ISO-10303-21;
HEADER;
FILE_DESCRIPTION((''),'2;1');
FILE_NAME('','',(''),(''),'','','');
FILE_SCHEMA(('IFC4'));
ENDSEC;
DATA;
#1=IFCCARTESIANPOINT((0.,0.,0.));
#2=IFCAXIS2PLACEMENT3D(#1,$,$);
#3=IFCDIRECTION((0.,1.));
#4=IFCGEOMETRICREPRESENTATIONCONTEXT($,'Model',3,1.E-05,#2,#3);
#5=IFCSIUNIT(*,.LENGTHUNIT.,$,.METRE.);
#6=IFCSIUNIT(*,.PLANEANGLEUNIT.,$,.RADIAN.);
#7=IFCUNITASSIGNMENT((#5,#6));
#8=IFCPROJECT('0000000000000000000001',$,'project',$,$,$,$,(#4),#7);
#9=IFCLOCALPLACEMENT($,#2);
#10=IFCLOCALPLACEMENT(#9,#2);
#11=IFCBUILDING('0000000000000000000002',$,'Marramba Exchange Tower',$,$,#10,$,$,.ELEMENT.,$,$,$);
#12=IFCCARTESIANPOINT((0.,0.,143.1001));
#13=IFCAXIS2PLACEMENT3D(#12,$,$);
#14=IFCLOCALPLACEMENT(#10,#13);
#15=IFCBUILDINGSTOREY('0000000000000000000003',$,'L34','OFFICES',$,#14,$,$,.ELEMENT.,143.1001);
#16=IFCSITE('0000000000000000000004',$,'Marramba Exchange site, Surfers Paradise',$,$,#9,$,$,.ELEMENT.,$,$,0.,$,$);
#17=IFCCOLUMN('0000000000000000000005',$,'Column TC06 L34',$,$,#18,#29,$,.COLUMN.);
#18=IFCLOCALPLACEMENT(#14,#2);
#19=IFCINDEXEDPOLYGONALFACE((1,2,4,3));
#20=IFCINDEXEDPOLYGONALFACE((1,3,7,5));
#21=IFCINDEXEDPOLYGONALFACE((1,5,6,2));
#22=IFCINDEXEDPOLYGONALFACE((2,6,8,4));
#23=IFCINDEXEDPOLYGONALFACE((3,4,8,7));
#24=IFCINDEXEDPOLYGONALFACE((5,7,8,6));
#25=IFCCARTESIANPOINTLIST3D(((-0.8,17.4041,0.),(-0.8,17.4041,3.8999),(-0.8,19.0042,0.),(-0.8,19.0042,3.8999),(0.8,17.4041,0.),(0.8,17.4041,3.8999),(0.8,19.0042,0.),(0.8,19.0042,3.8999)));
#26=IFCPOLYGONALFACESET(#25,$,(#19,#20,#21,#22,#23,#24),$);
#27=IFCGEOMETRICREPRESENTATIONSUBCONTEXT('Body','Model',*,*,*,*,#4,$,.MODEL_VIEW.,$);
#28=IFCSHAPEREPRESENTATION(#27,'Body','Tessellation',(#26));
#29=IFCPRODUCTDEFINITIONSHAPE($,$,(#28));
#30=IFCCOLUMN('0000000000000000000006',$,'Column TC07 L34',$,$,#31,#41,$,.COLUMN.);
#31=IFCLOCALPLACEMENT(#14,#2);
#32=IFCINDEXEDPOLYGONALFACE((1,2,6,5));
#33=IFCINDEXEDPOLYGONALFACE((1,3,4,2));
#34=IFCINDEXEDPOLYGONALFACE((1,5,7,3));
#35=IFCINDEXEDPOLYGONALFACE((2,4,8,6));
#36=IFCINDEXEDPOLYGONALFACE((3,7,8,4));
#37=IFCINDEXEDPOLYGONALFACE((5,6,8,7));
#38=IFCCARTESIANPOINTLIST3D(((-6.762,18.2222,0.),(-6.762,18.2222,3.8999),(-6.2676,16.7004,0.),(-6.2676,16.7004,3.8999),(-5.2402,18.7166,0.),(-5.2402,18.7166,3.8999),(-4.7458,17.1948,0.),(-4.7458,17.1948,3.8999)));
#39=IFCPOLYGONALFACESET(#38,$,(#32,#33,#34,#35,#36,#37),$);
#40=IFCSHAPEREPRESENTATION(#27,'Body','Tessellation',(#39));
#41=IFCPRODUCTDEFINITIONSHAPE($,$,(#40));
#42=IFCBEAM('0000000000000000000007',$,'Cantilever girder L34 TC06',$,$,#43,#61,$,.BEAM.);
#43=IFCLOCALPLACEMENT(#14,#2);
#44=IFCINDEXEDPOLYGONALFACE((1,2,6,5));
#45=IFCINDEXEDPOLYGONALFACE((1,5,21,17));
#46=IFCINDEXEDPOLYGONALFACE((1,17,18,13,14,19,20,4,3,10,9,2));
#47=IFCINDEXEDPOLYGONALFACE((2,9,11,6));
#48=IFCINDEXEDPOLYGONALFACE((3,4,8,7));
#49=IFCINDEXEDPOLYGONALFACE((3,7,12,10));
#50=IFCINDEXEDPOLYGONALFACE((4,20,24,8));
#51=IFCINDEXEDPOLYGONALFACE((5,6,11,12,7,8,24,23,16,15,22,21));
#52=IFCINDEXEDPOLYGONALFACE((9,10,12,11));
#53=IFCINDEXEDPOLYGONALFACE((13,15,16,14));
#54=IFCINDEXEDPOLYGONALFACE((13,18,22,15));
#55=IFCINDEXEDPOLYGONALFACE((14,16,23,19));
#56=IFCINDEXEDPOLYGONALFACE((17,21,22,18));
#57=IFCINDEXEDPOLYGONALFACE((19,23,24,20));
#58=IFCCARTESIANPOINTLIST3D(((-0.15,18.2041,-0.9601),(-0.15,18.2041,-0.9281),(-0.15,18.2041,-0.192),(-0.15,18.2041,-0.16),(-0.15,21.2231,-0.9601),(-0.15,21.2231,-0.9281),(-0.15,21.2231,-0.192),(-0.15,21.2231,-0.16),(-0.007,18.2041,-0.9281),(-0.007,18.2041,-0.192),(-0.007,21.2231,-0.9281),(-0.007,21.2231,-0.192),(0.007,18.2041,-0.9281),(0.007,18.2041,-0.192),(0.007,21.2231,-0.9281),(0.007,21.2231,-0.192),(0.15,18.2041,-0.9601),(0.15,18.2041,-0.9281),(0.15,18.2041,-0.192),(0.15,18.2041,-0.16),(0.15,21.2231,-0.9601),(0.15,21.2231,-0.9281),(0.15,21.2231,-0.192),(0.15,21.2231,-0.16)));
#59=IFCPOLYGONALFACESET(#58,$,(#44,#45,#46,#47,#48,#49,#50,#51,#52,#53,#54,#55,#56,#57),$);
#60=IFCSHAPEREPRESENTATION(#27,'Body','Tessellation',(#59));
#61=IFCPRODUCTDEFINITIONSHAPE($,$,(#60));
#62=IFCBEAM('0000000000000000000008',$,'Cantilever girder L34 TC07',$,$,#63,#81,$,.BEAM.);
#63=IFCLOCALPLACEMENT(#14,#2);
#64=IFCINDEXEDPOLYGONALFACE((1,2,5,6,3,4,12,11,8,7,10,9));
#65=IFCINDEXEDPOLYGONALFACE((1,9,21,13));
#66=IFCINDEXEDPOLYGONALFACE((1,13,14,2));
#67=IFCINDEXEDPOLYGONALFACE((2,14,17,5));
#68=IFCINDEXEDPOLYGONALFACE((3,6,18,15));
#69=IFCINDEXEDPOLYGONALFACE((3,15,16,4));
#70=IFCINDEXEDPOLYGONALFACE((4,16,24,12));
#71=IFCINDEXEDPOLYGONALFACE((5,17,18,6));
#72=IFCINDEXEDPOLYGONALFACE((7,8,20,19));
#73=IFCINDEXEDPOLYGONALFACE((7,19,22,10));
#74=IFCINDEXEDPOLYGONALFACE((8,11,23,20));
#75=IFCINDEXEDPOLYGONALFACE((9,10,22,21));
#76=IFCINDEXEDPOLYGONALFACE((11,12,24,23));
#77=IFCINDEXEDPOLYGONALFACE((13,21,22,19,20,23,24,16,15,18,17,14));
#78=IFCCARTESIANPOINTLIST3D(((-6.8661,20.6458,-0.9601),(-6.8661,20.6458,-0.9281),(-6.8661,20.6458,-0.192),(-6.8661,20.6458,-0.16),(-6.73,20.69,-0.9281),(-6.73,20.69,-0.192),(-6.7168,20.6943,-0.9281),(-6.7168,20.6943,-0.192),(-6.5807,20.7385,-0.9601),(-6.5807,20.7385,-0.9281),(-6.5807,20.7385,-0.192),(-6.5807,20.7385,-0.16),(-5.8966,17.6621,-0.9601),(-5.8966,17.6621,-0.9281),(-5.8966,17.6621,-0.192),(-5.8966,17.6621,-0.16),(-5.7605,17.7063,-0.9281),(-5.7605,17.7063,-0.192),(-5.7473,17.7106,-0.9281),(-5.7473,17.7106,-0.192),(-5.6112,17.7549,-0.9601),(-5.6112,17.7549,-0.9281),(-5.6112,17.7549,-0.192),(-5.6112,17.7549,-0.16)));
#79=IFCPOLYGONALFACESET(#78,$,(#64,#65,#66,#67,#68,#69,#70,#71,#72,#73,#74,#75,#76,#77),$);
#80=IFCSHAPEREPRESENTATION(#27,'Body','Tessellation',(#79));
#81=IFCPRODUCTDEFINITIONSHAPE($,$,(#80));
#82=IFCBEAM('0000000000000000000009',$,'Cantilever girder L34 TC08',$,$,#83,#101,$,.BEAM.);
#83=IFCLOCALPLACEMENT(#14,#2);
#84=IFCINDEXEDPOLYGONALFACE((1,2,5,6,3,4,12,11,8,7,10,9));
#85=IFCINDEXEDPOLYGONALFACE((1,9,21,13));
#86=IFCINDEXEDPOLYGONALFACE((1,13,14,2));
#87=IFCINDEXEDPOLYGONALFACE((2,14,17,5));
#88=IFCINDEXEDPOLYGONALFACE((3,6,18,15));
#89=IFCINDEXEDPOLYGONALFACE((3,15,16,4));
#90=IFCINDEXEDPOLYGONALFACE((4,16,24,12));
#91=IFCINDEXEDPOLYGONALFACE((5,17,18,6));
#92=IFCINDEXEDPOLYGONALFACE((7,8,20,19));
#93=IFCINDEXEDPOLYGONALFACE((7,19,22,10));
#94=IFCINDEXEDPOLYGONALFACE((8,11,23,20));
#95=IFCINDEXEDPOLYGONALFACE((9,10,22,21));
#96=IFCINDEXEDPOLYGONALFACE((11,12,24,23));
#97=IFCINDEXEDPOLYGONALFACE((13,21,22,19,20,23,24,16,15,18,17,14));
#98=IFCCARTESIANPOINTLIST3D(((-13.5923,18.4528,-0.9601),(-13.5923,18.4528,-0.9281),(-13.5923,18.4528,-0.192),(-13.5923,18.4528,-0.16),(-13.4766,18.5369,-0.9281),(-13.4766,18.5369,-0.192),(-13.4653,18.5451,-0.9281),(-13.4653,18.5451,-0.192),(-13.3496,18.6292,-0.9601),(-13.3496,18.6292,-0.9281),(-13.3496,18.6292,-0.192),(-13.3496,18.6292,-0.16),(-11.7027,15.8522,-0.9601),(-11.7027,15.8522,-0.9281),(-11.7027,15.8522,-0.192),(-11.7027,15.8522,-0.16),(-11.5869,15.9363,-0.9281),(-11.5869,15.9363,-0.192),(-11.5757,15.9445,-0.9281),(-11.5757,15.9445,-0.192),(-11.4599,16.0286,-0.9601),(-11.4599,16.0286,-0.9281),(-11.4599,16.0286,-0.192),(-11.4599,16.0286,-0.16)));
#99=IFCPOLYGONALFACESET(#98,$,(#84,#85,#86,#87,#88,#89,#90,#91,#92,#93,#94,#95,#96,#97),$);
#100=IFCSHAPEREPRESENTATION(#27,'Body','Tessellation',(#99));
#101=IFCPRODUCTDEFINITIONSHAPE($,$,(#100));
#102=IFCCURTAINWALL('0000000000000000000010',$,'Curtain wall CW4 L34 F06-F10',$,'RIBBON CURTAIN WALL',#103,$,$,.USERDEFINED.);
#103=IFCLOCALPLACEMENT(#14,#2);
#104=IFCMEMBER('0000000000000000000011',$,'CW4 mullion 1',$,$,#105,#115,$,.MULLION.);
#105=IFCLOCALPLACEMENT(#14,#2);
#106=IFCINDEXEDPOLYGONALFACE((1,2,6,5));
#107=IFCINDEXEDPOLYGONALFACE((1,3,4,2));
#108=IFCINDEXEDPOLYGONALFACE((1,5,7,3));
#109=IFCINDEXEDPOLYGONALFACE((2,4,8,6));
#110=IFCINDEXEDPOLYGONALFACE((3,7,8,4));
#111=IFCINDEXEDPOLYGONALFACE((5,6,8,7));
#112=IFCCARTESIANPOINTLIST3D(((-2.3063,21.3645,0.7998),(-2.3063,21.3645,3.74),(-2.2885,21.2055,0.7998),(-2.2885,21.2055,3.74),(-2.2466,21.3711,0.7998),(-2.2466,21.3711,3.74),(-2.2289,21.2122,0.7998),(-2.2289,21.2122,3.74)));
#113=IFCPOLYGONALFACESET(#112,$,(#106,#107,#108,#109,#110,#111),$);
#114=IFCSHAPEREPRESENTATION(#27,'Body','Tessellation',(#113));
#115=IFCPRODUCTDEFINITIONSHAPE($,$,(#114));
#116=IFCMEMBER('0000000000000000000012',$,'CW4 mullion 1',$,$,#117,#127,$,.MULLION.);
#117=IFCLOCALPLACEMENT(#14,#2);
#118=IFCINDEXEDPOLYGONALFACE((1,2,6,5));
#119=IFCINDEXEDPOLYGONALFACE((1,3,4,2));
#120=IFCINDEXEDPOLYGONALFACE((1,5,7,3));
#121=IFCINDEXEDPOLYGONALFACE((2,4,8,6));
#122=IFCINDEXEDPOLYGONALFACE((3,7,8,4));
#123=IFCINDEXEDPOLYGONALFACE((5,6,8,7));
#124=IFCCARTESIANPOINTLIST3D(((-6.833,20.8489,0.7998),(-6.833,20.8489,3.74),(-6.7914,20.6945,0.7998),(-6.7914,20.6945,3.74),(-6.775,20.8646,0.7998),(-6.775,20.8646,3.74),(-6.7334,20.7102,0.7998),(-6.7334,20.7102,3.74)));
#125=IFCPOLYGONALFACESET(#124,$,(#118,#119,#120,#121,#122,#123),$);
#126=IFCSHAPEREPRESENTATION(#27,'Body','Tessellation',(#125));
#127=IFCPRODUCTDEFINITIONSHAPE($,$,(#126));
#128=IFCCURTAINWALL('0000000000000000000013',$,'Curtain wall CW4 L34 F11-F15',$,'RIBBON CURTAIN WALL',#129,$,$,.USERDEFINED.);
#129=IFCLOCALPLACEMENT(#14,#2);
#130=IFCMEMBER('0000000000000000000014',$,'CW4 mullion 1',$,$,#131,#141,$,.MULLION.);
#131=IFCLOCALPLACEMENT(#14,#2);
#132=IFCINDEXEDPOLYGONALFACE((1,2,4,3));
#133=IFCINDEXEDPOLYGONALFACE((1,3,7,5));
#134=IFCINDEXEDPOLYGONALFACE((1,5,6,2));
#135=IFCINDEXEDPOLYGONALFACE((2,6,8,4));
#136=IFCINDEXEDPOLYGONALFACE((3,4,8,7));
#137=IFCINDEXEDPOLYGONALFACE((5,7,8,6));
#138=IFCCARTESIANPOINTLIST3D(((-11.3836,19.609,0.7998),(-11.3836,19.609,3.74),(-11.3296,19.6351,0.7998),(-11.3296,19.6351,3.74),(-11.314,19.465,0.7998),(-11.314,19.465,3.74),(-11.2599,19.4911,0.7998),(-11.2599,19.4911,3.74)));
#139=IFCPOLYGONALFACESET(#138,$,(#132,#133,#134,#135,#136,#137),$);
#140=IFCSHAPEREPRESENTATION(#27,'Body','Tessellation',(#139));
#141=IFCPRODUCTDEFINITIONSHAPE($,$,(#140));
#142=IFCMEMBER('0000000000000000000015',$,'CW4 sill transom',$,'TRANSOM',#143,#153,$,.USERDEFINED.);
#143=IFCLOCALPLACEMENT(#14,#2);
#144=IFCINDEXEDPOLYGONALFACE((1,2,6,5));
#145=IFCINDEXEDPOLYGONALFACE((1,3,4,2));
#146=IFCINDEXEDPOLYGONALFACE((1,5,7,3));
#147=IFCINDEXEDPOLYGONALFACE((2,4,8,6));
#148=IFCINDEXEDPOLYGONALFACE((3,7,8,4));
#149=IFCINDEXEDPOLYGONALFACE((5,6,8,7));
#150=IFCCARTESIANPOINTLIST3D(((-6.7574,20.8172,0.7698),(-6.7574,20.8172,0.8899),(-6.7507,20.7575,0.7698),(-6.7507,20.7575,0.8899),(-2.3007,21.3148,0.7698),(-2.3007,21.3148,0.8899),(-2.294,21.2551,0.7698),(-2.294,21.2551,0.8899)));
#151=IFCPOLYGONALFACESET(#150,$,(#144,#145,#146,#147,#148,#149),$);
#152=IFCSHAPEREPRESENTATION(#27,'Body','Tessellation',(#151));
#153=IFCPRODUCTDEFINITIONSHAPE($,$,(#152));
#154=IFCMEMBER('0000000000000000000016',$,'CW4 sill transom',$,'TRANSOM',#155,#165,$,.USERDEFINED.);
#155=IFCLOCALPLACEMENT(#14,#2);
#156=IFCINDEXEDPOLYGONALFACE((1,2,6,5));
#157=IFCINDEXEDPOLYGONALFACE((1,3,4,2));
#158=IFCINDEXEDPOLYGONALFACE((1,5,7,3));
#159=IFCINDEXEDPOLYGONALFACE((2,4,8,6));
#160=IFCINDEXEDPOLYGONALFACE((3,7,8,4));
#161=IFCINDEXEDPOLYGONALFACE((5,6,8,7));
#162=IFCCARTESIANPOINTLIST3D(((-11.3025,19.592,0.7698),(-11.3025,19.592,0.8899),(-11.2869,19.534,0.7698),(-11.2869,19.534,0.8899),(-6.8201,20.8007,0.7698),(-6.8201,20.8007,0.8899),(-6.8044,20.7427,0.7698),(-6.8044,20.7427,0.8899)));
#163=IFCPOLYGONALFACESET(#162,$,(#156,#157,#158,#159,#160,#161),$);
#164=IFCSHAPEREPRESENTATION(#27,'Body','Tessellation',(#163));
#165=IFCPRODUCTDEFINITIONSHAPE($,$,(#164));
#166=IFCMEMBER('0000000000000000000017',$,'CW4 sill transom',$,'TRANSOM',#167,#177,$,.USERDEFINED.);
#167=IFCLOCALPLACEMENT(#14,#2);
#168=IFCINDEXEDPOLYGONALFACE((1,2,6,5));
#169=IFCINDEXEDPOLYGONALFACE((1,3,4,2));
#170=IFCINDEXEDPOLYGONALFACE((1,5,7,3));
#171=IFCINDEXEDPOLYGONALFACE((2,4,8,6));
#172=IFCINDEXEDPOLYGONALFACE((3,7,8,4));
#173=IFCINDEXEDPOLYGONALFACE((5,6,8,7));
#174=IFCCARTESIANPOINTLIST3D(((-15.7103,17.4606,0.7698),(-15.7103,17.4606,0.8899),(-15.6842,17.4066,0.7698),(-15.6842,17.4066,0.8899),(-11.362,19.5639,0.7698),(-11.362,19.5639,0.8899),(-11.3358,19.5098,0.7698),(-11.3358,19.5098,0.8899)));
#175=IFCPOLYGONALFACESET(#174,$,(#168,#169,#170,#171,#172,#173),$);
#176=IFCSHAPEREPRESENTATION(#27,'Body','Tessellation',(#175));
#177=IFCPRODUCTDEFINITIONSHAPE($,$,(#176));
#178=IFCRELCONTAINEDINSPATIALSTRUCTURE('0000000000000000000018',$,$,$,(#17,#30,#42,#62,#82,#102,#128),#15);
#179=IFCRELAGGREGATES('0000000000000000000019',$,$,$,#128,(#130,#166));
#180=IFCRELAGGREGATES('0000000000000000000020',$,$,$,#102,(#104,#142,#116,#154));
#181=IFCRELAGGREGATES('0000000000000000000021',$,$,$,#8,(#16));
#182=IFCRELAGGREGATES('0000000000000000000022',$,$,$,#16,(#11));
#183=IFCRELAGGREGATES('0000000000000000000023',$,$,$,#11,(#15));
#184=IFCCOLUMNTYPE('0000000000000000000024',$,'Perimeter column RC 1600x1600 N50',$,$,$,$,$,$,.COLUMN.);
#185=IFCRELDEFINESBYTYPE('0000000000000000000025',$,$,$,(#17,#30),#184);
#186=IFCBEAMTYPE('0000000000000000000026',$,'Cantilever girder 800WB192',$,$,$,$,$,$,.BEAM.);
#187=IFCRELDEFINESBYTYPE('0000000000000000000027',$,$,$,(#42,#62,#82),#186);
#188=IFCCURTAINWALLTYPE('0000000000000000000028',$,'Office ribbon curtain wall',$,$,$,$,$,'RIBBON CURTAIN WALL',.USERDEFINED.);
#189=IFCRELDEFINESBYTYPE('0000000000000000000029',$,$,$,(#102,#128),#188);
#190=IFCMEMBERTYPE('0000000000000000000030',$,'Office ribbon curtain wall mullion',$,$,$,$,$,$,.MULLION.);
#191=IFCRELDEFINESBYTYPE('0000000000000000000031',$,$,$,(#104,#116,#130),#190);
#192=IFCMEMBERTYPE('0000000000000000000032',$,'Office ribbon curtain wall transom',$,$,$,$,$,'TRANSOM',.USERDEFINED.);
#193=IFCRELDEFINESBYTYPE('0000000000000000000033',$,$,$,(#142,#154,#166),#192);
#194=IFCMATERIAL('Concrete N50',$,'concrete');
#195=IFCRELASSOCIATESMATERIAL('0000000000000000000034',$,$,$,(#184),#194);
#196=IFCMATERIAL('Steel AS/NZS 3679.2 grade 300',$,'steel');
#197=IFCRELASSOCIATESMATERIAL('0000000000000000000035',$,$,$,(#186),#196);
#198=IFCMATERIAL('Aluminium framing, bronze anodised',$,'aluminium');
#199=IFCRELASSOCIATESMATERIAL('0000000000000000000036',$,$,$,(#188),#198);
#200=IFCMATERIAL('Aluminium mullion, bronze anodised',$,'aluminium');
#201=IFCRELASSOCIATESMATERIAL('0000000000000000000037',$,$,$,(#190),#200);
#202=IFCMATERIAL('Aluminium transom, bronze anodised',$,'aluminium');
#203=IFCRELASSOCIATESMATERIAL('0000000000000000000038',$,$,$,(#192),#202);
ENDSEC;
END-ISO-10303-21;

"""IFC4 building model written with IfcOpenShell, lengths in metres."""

from ifc_helpers import new_model, si_unit, direction, frame, origin, origin_2d, place, context, subcontext, project, spatial, rectangle, i_section, extrude, material, material_profile, profile_set, type_object, element, aggregate, save


model = new_model("IFC4")

# Units and contexts
model_context = context("Model", 3, precision=1e-05, world=origin(), true_north=direction((0.0, 1.0)))
body_context = subcontext(model_context, "Body", "Model", "MODEL_VIEW")
ifc_project = project(units=[si_unit("LENGTHUNIT", "METRE"), si_unit("PLANEANGLEUNIT", "RADIAN")], contexts=[model_context])

# Site, building, storey
site_placement = place(None, origin())
site = spatial("IfcSite", under=ifc_project, at=site_placement, Name="Marramba Exchange site, Surfers Paradise", CompositionType="ELEMENT", RefElevation=0.0)
building_placement = place(site_placement, origin())
building = spatial("IfcBuilding", under=site, at=building_placement, Name="Marramba Exchange Tower", CompositionType="ELEMENT")
storey_placement = place(building_placement, frame((0.0, 0.0, 143.1001)))
storey = spatial("IfcBuildingStorey", under=building, at=storey_placement, Name="L34", Description="OFFICES", CompositionType="ELEMENT", Elevation=143.1001)

# Columns
ifc_material_1 = material(Name="Concrete N50", Category="concrete")
ifc_material_profile_1 = material_profile(ifc_material_1, rectangle(XDim=1.6001, YDim=1.6001, at=origin_2d()), Name="RC 1600x1600")
ifc_profile_set_1 = profile_set([ifc_material_profile_1], Name="Concrete N50")
column_type = type_object("IfcColumnType", Name="Perimeter column RC 1600x1600 N50", PredefinedType="COLUMN", material=ifc_profile_set_1)
for number, where, z_axis, x_axis, name in (
    (1, (0.0, 18.2041, 0.0), (0.0, 0.0, 1.0), (0.0, 1.0, 0.0), "Column TC06 L34"),
    (2, (-5.7539, 17.7085, 0.0), (0.0, 0.0, 1.0), (-0.309017, 0.951057, 0.0), "Column TC07 L34"),
):
    element("IfcColumn", number, at=place(storey_placement, frame(where, z_axis=z_axis, x_axis=x_axis)), inside=storey, type_object=column_type, Name=name, PredefinedType="COLUMN", context=body_context, shape_type="SweptSolid", body=[
        extrude(rectangle(XDim=1.6001, YDim=1.6001, at=origin_2d()), origin(), (0.0, 0.0, 1.0), 3.8999),
    ])

# Beams
ifc_material_2 = material(Name="Steel AS/NZS 3679.2 grade 300", Category="steel")
ifc_material_profile_2 = material_profile(ifc_material_2, i_section(OverallWidth=0.3, OverallDepth=0.8, WebThickness=0.0139, FlangeThickness=0.032, at=origin_2d()), Name="800WB192")
ifc_profile_set_2 = profile_set([ifc_material_profile_2], Name="Steel AS/NZS 3679.2 grade 300")
beam_type_1 = type_object("IfcBeamType", Name="Cantilever girder 800WB192", PredefinedType="BEAM", material=ifc_profile_set_2)
beam_1_placement = place(storey_placement, frame((0.0, 18.2041, -0.5601), z_axis=(0.0, 1.0, 0.0), x_axis=(-1.0, 0.0, 0.0)))
element("IfcBeam", 3, at=beam_1_placement, inside=storey, type_object=beam_type_1, Name="Cantilever girder L34 TC06", PredefinedType="BEAM", context=body_context, shape_type="SweptSolid", body=[
    extrude(i_section(OverallWidth=0.3, OverallDepth=0.8, WebThickness=0.0139, FlangeThickness=0.032, at=origin_2d()), origin(), (0.0, 0.0, 1.0), 3.019),
])
beam_2_placement = place(storey_placement, frame((-5.7539, 17.7085, -0.5601), z_axis=(-0.309028, 0.951053, 0.0), x_axis=(-0.951053, -0.309028, 0.0)))
element("IfcBeam", 4, at=beam_2_placement, inside=storey, type_object=beam_type_1, Name="Cantilever girder L34 TC07", PredefinedType="BEAM", context=body_context, shape_type="SweptSolid", body=[
    extrude(i_section(OverallWidth=0.3, OverallDepth=0.8, WebThickness=0.0139, FlangeThickness=0.032, at=origin_2d()), origin(), (0.0, 0.0, 1.0), 3.1372),
])
beam_3_placement = place(storey_placement, frame((-11.5813, 15.9404, -0.5601), z_axis=(-0.587828, 0.808986, 0.0), x_axis=(-0.808986, -0.587828, 0.0)))
element("IfcBeam", 5, at=beam_3_placement, inside=storey, type_object=beam_type_1, Name="Cantilever girder L34 TC08", PredefinedType="BEAM", context=body_context, shape_type="SweptSolid", body=[
    extrude(i_section(OverallWidth=0.3, OverallDepth=0.8, WebThickness=0.0139, FlangeThickness=0.032, at=origin_2d()), origin(), (0.0, 0.0, 1.0), 3.2146),
])

# Curtain wall, members
ifc_material_3 = material(Name="Aluminium framing, bronze anodised", Category="aluminium")
curtain_wall_type = type_object("IfcCurtainWallType", Name="Office ribbon curtain wall", ElementType="RIBBON CURTAIN WALL", PredefinedType="USERDEFINED", material=ifc_material_3)
curtain_wall_1_placement = place(storey_placement, origin())
curtain_wall_1 = element("IfcCurtainWall", 6, at=curtain_wall_1_placement, inside=storey, type_object=curtain_wall_type, Name="Curtain wall CW4 L34 F06-F10", ObjectType="RIBBON CURTAIN WALL", PredefinedType="USERDEFINED")
ifc_material_4 = material(Name="Aluminium mullion, bronze anodised", Category="aluminium")
ifc_material_profile_3 = material_profile(ifc_material_4, rectangle(XDim=0.1599, YDim=0.0601, at=origin_2d()), Name="CW4 mullion 60x160")
ifc_profile_set_3 = profile_set([ifc_material_profile_3], Name="Aluminium mullion, bronze anodised")
member_type_1 = type_object("IfcMemberType", Name="Office ribbon curtain wall mullion", PredefinedType="MULLION", material=ifc_profile_set_3)
member_1_placement = place(storey_placement, frame((-2.2676, 21.2883, 0.7998), z_axis=(0.0, 0.0, 1.0), x_axis=(0.110973, -0.993823, 0.0)))
member_1 = element("IfcMember", 7, at=member_1_placement, type_object=member_type_1, Name="CW4 mullion 1", PredefinedType="MULLION", context=body_context, shape_type="SweptSolid", body=[
    extrude(rectangle(XDim=0.1599, YDim=0.0601, at=origin_2d()), origin(), (0.0, 0.0, 1.0), 2.9402),
])
member_2_placement = place(storey_placement, frame((-6.7832, 20.7795, 0.7998), z_axis=(0.0, 0.0, 1.0), x_axis=(0.260321, -0.965522, 0.0)))
member_2 = element("IfcMember", 8, at=member_2_placement, type_object=member_type_1, Name="CW4 mullion 1", PredefinedType="MULLION", context=body_context, shape_type="SweptSolid", body=[
    extrude(rectangle(XDim=0.1599, YDim=0.0601, at=origin_2d()), origin(), (0.0, 0.0, 1.0), 2.9402),
])

# Curtain wall, member
curtain_wall_2_placement = place(storey_placement, origin())
curtain_wall_2 = element("IfcCurtainWall", 9, at=curtain_wall_2_placement, inside=storey, type_object=curtain_wall_type, Name="Curtain wall CW4 L34 F11-F15", ObjectType="RIBBON CURTAIN WALL", PredefinedType="USERDEFINED")
member_3_placement = place(storey_placement, frame((-11.3218, 19.55, 0.7998), z_axis=(0.0, 0.0, 1.0), x_axis=(0.435428, -0.900224, 0.0)))
member_3 = element("IfcMember", 10, at=member_3_placement, type_object=member_type_1, Name="CW4 mullion 1", PredefinedType="MULLION", context=body_context, shape_type="SweptSolid", body=[
    extrude(rectangle(XDim=0.1599, YDim=0.0601, at=origin_2d()), origin(), (0.0, 0.0, 1.0), 2.9402),
])

# Members
ifc_material_5 = material(Name="Aluminium transom, bronze anodised", Category="aluminium")
ifc_material_profile_4 = material_profile(ifc_material_5, rectangle(XDim=0.0601, YDim=0.1201, at=origin_2d()), Name="CW4 transom 60x120")
ifc_profile_set_4 = profile_set([ifc_material_profile_4], Name="Aluminium transom, bronze anodised")
member_type_2 = type_object("IfcMemberType", Name="Office ribbon curtain wall transom", ElementType="TRANSOM", PredefinedType="USERDEFINED", material=ifc_profile_set_4)
member_4_placement = place(storey_placement, frame((-2.2974, 21.2849, 0.8298), z_axis=(-0.993826, -0.110951, 0.0), x_axis=(0.110951, -0.993826, 0.0)))
member_4 = element("IfcMember", 11, at=member_4_placement, type_object=member_type_2, Name="CW4 sill transom", ObjectType="TRANSOM", PredefinedType="USERDEFINED", context=body_context, shape_type="SweptSolid", body=[
    extrude(rectangle(XDim=0.0601, YDim=0.1201, at=origin_2d()), origin(), (0.0, 0.0, 1.0), 4.4844),
])
member_5_placement = place(storey_placement, frame((-6.8123, 20.7717, 0.8298), z_axis=(-0.965511, -0.260362, 0.0), x_axis=(0.260362, -0.965511, 0.0)))
member_5 = element("IfcMember", 12, at=member_5_placement, type_object=member_type_2, Name="CW4 sill transom", ObjectType="TRANSOM", PredefinedType="USERDEFINED", context=body_context, shape_type="SweptSolid", body=[
    extrude(rectangle(XDim=0.0601, YDim=0.1201, at=origin_2d()), origin(), (0.0, 0.0, 1.0), 4.6426),
])
member_6_placement = place(storey_placement, frame((-11.3489, 19.5369, 0.8298), z_axis=(-0.900223, -0.435429, 0.0), x_axis=(0.435429, -0.900223, 0.0)))
member_6 = element("IfcMember", 13, at=member_6_placement, type_object=member_type_2, Name="CW4 sill transom", ObjectType="TRANSOM", PredefinedType="USERDEFINED", context=body_context, shape_type="SweptSolid", body=[
    extrude(rectangle(XDim=0.0601, YDim=0.1201, at=origin_2d()), origin(), (0.0, 0.0, 1.0), 4.8303),
])
aggregate(curtain_wall_2, [member_3, member_6])

aggregate(curtain_wall_1, [member_1, member_4, member_2, member_5])

save(model, "model.ifc")
